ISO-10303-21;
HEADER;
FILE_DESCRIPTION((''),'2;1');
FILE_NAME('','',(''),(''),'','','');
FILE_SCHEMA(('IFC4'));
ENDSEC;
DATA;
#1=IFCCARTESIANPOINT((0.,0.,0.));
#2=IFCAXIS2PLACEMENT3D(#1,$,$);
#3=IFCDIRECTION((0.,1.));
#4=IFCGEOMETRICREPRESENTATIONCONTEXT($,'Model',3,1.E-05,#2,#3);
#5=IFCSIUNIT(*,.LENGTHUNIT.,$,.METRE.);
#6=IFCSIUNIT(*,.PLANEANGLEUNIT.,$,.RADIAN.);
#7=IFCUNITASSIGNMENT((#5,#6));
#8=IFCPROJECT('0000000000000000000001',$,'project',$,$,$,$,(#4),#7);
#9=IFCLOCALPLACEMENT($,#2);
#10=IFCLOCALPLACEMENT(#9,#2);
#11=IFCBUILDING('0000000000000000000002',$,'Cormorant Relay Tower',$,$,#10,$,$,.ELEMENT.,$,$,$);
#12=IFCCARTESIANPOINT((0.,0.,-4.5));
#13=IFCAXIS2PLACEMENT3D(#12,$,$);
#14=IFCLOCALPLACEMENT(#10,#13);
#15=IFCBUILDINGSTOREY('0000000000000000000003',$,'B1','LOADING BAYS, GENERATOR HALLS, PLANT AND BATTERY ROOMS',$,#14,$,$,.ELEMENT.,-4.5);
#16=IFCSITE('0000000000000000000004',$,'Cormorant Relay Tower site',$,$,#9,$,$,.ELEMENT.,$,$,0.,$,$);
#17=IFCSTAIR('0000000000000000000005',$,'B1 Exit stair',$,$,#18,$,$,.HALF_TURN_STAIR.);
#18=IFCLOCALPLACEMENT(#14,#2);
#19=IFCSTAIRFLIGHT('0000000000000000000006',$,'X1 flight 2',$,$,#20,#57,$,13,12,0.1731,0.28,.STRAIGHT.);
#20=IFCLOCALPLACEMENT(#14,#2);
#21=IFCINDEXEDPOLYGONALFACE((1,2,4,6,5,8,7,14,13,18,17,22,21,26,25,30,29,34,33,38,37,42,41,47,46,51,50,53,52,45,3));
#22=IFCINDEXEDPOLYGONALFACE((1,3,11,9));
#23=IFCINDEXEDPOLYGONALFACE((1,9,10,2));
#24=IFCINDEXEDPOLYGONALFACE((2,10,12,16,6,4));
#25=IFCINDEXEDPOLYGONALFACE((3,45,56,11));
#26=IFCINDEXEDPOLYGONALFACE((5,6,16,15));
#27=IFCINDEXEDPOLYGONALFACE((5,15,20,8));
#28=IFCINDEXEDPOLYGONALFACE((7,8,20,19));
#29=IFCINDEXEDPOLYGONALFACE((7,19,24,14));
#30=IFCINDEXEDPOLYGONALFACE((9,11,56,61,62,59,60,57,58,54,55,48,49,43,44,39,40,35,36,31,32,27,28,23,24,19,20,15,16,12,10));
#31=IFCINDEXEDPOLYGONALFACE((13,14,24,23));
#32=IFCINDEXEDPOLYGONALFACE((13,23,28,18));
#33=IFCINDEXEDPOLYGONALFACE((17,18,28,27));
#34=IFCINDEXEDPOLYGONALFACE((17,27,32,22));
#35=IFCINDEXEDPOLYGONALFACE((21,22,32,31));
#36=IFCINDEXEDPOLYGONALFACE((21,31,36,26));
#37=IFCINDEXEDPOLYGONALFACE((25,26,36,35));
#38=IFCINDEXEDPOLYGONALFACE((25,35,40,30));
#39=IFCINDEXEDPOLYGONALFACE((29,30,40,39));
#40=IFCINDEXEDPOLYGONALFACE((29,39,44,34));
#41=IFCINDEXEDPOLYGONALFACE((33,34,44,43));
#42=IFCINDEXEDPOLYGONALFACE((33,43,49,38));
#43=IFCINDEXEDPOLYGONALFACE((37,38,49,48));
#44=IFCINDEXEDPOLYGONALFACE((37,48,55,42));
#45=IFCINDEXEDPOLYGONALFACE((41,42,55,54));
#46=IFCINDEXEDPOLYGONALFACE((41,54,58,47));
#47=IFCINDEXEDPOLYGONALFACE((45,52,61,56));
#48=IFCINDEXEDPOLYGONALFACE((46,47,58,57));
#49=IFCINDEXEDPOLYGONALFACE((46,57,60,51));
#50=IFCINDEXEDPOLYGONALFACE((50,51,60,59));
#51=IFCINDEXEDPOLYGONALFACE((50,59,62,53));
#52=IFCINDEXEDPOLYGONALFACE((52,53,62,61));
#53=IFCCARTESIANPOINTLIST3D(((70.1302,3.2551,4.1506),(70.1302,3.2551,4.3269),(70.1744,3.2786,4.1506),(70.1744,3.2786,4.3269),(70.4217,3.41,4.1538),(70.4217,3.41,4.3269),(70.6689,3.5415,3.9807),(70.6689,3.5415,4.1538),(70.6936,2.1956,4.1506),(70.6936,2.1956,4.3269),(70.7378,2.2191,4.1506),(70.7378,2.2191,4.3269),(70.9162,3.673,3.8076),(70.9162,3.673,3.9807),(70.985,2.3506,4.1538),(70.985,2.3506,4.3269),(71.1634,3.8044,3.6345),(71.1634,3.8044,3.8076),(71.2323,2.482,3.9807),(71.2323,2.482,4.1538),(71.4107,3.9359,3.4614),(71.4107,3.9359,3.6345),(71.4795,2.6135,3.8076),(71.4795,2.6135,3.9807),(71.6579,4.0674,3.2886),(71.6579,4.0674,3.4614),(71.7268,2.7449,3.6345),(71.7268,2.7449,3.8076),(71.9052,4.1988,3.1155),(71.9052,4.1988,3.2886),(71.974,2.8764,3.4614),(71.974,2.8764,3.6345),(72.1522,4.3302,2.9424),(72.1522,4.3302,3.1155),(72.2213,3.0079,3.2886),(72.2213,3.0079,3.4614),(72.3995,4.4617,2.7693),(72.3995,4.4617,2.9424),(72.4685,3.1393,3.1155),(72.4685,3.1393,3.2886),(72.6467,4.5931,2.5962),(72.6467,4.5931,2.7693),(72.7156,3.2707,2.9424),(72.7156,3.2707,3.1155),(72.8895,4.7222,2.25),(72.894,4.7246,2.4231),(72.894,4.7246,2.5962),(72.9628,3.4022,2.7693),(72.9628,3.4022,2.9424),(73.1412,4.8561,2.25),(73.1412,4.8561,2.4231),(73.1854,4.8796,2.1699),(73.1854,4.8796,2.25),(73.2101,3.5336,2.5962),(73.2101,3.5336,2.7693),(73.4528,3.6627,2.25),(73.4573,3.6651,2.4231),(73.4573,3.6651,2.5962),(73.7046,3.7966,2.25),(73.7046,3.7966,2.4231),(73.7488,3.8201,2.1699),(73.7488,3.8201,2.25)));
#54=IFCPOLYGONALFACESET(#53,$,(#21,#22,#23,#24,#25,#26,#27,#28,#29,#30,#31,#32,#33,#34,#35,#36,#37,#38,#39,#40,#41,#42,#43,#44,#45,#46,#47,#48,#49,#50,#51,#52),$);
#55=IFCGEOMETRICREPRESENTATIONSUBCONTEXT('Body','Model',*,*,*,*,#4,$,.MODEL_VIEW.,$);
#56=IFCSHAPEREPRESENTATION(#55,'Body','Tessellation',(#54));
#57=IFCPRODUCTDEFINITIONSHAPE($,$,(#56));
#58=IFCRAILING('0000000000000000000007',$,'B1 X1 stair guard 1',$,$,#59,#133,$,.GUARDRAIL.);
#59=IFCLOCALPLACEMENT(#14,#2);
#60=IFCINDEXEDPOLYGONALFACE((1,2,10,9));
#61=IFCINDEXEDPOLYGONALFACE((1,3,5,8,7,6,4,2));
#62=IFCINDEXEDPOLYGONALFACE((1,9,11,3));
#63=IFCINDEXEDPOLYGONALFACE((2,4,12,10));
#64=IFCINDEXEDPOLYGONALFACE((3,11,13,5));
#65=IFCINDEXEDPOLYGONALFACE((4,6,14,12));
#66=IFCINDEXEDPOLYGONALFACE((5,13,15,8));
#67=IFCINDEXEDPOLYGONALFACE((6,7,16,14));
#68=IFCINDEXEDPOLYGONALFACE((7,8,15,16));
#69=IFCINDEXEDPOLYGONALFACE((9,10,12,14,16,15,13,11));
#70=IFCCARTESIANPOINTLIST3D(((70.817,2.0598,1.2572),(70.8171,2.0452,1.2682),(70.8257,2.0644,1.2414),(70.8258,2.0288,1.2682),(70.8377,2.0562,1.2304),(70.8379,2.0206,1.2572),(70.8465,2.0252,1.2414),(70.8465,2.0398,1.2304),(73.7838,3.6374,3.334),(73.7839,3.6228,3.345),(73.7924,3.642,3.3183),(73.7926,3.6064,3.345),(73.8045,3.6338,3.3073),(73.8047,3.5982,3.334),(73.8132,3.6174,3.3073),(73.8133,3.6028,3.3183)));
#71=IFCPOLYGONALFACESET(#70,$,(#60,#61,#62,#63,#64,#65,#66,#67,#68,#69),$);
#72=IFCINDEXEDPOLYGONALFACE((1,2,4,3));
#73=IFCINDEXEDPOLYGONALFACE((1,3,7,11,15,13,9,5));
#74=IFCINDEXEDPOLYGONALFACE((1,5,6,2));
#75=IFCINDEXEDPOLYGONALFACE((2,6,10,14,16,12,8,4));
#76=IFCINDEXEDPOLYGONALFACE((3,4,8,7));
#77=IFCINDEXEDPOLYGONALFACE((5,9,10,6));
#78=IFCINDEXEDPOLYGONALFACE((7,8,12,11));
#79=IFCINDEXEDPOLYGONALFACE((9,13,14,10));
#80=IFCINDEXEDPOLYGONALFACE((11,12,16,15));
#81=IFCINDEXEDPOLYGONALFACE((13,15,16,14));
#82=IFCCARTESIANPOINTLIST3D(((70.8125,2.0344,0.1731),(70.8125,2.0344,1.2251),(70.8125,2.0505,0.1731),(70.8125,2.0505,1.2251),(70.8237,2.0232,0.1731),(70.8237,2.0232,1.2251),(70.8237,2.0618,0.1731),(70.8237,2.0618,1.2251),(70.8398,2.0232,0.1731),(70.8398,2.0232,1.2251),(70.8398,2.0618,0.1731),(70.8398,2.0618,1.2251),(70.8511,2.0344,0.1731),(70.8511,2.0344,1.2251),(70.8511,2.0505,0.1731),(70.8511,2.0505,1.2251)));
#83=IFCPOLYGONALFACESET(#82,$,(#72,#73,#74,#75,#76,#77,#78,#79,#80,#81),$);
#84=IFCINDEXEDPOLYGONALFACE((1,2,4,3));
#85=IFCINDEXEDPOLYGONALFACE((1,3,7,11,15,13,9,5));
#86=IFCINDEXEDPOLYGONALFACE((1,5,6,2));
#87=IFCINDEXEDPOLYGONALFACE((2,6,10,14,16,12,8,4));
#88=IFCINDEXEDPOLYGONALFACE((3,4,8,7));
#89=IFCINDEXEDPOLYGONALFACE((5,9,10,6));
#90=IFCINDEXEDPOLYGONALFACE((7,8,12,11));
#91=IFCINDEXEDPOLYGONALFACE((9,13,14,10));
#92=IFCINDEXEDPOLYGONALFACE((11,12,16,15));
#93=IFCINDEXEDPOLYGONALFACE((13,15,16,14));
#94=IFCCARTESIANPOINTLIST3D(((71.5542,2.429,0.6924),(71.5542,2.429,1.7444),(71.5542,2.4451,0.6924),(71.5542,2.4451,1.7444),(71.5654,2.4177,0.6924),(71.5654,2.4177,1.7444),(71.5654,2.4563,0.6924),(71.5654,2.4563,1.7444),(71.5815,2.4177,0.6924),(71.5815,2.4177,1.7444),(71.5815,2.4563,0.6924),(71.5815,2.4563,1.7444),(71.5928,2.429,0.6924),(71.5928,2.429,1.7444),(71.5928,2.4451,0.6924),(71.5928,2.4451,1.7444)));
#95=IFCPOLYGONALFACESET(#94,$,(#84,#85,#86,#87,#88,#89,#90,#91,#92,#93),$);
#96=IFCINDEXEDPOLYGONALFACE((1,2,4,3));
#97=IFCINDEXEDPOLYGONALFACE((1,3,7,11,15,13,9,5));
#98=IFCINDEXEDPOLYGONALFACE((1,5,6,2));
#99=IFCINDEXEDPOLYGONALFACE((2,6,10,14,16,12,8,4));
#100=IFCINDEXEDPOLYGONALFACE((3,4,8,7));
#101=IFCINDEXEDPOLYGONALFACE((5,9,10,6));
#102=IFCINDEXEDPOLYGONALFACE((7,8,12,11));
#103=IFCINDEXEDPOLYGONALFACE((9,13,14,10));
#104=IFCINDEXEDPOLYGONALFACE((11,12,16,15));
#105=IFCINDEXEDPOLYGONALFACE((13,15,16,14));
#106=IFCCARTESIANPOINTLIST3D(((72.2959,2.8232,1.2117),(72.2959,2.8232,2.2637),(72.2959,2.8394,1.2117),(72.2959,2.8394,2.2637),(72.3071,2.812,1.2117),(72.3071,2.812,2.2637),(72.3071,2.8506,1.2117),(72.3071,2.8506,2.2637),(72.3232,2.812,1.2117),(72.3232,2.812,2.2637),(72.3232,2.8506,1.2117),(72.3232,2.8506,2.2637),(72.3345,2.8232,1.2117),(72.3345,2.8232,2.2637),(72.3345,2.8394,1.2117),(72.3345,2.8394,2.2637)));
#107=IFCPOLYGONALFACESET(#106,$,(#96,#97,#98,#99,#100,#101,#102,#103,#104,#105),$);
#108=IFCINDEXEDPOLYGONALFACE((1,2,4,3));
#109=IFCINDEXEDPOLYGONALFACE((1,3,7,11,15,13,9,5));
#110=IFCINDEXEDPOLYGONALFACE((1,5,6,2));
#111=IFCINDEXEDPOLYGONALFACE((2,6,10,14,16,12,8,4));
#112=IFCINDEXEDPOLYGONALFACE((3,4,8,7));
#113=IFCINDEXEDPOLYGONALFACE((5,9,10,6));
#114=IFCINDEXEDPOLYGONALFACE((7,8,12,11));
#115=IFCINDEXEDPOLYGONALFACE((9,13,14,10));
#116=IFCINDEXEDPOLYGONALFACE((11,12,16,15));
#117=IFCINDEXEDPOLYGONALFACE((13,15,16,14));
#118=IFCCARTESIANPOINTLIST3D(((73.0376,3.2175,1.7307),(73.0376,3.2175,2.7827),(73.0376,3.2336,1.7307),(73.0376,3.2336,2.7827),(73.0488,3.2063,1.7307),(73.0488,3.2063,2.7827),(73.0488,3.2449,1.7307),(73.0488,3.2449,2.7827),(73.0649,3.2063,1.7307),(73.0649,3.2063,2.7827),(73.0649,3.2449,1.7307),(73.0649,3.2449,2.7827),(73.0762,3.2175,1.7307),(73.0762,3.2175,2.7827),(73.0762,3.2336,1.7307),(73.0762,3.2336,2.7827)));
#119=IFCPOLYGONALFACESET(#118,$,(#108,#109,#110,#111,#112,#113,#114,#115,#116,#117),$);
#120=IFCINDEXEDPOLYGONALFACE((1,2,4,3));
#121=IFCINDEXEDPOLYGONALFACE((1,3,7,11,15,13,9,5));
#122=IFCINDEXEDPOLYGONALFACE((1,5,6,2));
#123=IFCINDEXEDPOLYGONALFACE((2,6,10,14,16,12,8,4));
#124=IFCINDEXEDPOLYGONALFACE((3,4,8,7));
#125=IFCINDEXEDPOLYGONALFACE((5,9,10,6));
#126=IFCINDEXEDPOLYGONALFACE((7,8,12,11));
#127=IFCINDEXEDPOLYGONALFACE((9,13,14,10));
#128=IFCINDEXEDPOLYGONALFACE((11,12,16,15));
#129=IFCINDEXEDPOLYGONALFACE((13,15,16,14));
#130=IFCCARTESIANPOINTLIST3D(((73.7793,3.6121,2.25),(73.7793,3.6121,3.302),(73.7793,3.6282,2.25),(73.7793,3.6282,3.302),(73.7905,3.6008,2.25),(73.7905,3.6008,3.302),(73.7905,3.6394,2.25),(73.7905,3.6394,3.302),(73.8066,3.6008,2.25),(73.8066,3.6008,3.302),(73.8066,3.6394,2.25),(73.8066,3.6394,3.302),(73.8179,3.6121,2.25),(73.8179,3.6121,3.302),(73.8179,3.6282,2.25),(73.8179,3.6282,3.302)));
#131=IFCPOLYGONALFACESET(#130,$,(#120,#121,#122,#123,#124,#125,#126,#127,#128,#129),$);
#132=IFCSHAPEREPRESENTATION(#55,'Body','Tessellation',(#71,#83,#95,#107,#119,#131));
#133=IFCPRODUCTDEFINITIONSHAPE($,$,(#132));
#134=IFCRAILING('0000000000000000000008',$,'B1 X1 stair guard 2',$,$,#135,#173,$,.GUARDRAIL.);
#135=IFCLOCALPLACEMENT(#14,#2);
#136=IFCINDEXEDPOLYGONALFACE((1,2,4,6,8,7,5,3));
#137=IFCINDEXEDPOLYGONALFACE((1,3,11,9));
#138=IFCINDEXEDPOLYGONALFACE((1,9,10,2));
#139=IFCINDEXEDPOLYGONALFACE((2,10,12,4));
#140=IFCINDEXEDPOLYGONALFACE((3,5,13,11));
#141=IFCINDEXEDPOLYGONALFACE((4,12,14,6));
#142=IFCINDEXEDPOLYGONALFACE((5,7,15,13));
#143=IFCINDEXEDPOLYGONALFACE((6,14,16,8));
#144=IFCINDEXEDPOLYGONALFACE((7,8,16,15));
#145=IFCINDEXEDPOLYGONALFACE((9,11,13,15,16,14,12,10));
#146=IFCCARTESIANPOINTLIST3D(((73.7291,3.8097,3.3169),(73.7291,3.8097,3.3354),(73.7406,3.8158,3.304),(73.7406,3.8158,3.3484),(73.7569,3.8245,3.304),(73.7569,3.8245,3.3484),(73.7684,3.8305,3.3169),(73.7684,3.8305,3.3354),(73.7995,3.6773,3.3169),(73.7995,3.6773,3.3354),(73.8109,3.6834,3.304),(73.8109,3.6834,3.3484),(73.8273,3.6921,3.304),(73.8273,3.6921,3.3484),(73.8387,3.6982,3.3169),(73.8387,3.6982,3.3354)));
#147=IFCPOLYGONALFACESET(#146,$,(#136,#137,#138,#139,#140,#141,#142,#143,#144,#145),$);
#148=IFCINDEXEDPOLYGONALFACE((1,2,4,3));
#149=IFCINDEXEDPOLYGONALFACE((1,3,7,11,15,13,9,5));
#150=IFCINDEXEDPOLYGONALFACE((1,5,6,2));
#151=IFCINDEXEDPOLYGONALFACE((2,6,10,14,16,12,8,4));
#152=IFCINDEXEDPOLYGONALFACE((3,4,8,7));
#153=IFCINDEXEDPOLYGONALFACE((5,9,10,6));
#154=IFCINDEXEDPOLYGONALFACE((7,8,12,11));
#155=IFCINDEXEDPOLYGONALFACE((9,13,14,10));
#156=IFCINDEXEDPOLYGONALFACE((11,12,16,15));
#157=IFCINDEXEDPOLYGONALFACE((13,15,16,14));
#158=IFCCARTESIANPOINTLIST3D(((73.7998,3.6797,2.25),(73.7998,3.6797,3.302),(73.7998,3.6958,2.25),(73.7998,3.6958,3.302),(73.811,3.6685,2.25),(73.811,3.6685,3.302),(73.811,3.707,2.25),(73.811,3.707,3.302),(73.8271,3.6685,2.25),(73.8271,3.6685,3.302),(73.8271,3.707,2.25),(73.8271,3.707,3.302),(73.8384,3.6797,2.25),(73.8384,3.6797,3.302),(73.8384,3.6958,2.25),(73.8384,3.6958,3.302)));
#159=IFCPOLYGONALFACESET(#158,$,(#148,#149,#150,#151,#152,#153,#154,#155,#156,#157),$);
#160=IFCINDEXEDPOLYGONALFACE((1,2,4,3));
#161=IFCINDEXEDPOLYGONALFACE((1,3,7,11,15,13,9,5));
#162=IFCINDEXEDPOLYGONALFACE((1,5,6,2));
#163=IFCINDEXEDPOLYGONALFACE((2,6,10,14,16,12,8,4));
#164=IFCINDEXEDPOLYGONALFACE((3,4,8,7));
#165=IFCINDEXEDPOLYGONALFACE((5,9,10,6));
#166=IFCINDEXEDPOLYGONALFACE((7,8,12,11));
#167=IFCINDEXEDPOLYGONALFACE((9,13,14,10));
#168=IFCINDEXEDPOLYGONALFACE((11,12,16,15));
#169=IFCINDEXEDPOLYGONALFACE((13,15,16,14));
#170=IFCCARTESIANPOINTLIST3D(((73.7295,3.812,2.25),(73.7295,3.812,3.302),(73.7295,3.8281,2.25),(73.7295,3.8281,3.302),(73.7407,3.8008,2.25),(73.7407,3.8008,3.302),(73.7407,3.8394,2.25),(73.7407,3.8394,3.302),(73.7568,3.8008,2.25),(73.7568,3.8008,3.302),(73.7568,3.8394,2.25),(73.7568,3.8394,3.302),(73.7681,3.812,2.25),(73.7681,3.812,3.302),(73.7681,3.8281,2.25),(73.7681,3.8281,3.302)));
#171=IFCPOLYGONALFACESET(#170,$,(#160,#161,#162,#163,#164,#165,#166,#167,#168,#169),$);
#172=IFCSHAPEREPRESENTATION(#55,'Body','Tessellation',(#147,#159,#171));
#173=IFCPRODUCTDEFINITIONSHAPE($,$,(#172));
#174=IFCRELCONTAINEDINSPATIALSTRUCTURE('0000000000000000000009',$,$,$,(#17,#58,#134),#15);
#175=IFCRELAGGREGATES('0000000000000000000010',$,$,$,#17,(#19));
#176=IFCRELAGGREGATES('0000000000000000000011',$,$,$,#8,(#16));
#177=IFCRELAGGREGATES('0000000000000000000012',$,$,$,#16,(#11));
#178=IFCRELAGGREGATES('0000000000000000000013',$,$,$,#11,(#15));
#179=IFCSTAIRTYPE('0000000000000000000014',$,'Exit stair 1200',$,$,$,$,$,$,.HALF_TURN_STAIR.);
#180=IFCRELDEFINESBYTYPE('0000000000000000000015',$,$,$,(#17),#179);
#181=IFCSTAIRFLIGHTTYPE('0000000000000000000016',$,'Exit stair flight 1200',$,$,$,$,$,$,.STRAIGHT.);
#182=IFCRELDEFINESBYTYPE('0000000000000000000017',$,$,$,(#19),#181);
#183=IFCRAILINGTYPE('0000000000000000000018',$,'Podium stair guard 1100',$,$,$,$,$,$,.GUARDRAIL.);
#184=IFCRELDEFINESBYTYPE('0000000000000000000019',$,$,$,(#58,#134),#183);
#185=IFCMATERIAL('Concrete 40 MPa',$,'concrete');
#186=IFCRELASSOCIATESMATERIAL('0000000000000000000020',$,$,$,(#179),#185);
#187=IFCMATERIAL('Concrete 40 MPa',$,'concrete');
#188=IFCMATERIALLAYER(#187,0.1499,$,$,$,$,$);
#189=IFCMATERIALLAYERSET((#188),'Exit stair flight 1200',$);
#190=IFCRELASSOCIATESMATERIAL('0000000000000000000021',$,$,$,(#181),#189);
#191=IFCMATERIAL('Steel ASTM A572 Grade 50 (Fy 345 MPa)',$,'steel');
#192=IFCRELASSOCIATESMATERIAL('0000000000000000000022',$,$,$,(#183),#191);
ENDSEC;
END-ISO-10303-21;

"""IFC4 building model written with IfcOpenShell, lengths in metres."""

from ifc_helpers import new_model, si_unit, direction, frame, origin, place, context, subcontext, project, spatial, polyline, outline, extrude, material, layer, layer_set, type_object, element, aggregate, save


model = new_model("IFC4")

# Units and contexts
model_context = context("Model", 3, precision=1e-05, world=origin(), true_north=direction((0.0, 1.0)))
body_context = subcontext(model_context, "Body", "Model", "MODEL_VIEW")
ifc_project = project(units=[si_unit("LENGTHUNIT", "METRE"), si_unit("PLANEANGLEUNIT", "RADIAN")], contexts=[model_context])

# Site, building, storey
site_placement = place(None, origin())
site = spatial("IfcSite", under=ifc_project, at=site_placement, Name="Cormorant Relay Tower site", CompositionType="ELEMENT", RefElevation=0.0)
building_placement = place(site_placement, origin())
building = spatial("IfcBuilding", under=site, at=building_placement, Name="Cormorant Relay Tower", CompositionType="ELEMENT")
storey_placement = place(building_placement, frame((0.0, 0.0, -4.5)))
storey = spatial("IfcBuildingStorey", under=building, at=storey_placement, Name="B1", Description="LOADING BAYS, GENERATOR HALLS, PLANT AND BATTERY ROOMS", CompositionType="ELEMENT", Elevation=-4.5)

# Stair, stair flight
ifc_material_1 = material(Name="Concrete 40 MPa", Category="concrete")
stair_type = type_object("IfcStairType", Name="Exit stair 1200", PredefinedType="HALF_TURN_STAIR", material=ifc_material_1)
stair_placement = place(storey_placement, origin())
stair = element("IfcStair", 1, at=stair_placement, inside=storey, type_object=stair_type, Name="B1 Exit stair", PredefinedType="HALF_TURN_STAIR")
ifc_material_2 = material(Name="Concrete 40 MPa", Category="concrete")
ifc_layer_1 = layer(ifc_material_2, 0.1499)
ifc_layer_set_1 = layer_set([ifc_layer_1], Name="Exit stair flight 1200")
stair_flight_type = type_object("IfcStairFlightType", Name="Exit stair flight 1200", PredefinedType="STRAIGHT", material=ifc_layer_set_1)
stair_flight_1_placement = place(storey_placement, frame((73.4229, 4.3264, 2.25), z_axis=(0.0, 0.0, 1.0), x_axis=(-0.882948, -0.469472, 0.0)))
stair_flight_1 = element("IfcStairFlight", 2, at=stair_flight_1_placement, type_object=stair_flight_type, Name="X1 flight 2", NumberOfRisers=13, NumberOfTreads=12, PredefinedType="STRAIGHT", RiserHeight=0.1731, TreadLength=0.28, context=body_context, shape_type="SweptSolid", body=[
    extrude(outline(polyline([(-0.05, -0.0801), (-0.05, 0.0), (0.0, 0.0), (0.0, 0.1731), (0.28, 0.1731), (0.28, 0.3462), (0.5601, 0.3462), (0.5601, 0.5193), (0.8401, 0.5193), (0.8401, 0.6924), (1.1201, 0.6924), (1.1201, 0.8655), (1.3999, 0.8655), (1.3999, 1.0386), (1.6799, 1.0386), (1.6799, 1.2114), (1.96, 1.2114), (1.96, 1.3845), (2.24, 1.3845), (2.24, 1.5576), (2.52, 1.5576), (2.52, 1.7307), (2.8, 1.7307), (2.8, 1.9038), (3.0801, 1.9038), (3.0801, 2.0769), (3.3601, 2.0769), (3.4102, 2.0769), (3.4102, 1.9006), (3.3601, 1.9006), (0.2852, 0.0), (-0.05, -0.0801)])), frame((0.0, 0.6001, 0.0), z_axis=(0.0, -1.0, 0.0), x_axis=(1.0, 0.0, 0.0)), (0.0, 0.0, 1.0), 1.2),
])
aggregate(stair, [stair_flight_1])

# Railings
ifc_material_3 = material(Name="Steel ASTM A572 Grade 50 (Fy 345 MPa)", Category="steel")
railing_type_1 = type_object("IfcRailingType", Name="Podium stair guard 1100", PredefinedType="GUARDRAIL", material=ifc_material_3)
railing_1_placement = place(storey_placement, frame((70.8318, 2.0425, 0.1731)))
element("IfcRailing", 3, at=railing_1_placement, inside=storey, type_object=railing_type_1, Name="B1 X1 stair guard 1", PredefinedType="GUARDRAIL", context=body_context, shape_type="SweptSolid", body=[
    extrude(outline(polyline([(0.0222, 0.0093), (0.0093, 0.0222), (-0.0093, 0.0222), (-0.0222, 0.0093), (-0.0222, -0.0093), (-0.0093, -0.0222), (0.0093, -0.0222), (0.0222, -0.0093), (0.0222, 0.0093)])), frame((0.0, 0.0, 1.0762), z_axis=(0.751043, 0.399378, 0.525767), x_axis=(-0.469509, 0.882928, 0.0)), (0.0, 0.0, 1.0), 3.9502),
    extrude(outline(polyline([(0.0193, 0.0081), (0.0081, 0.0193), (-0.0081, 0.0193), (-0.0193, 0.0081), (-0.0193, -0.0081), (-0.0081, -0.0193), (0.0081, -0.0193), (0.0193, -0.0081), (0.0193, 0.0081)])), origin(), (0.0, 0.0, 1.0), 1.052),
    extrude(outline(polyline([(0.0193, 0.0081), (0.0081, 0.0193), (-0.0081, 0.0193), (-0.0193, 0.0081), (-0.0193, -0.0081), (-0.0081, -0.0193), (0.0081, -0.0193), (0.0193, -0.0081), (0.0193, 0.0081)])), frame((0.7417, 0.3945, 0.5193)), (0.0, 0.0, 1.0), 1.052),
    extrude(outline(polyline([(0.0193, 0.0081), (0.0081, 0.0193), (-0.0081, 0.0193), (-0.0193, 0.0081), (-0.0193, -0.0081), (-0.0081, -0.0193), (0.0081, -0.0193), (0.0193, -0.0081), (0.0193, 0.0081)])), frame((1.4834, 0.7888, 1.0386)), (0.0, 0.0, 1.0), 1.052),
    extrude(outline(polyline([(0.0193, 0.0081), (0.0081, 0.0193), (-0.0081, 0.0193), (-0.0193, 0.0081), (-0.0193, -0.0081), (-0.0081, -0.0193), (0.0081, -0.0193), (0.0193, -0.0081), (0.0193, 0.0081)])), frame((2.2251, 1.1831, 1.5576)), (0.0, 0.0, 1.0), 1.052),
    extrude(outline(polyline([(0.0193, 0.0081), (0.0081, 0.0193), (-0.0081, 0.0193), (-0.0193, 0.0081), (-0.0193, -0.0081), (-0.0081, -0.0193), (0.0081, -0.0193), (0.0193, -0.0081), (0.0193, 0.0081)])), frame((2.9668, 1.5776, 2.0769)), (0.0, 0.0, 1.0), 1.052),
])
railing_2_placement = place(storey_placement, frame((73.8191, 3.6877, 2.25)))
element("IfcRailing", 4, at=railing_2_placement, inside=storey, type_object=railing_type_1, Name="B1 X1 stair guard 2", PredefinedType="GUARDRAIL", context=body_context, shape_type="SweptSolid", body=[
    extrude(outline(polyline([(0.0222, 0.0093), (0.0093, 0.0222), (-0.0093, 0.0222), (-0.0222, 0.0093), (-0.0222, -0.0093), (-0.0093, -0.0222), (0.0093, -0.0222), (0.0222, -0.0093), (0.0222, 0.0093)])), frame((0.0, 0.0, 1.0762), z_axis=(-0.469235, 0.883074, 0.0), x_axis=(-0.883074, -0.469235, 0.0)), (0.0, 0.0, 1.0), 0.1499),
    extrude(outline(polyline([(0.0193, 0.0081), (0.0081, 0.0193), (-0.0081, 0.0193), (-0.0193, 0.0081), (-0.0193, -0.0081), (-0.0081, -0.0193), (0.0081, -0.0193), (0.0193, -0.0081), (0.0193, 0.0081)])), origin(), (0.0, 0.0, 1.0), 1.052),
    extrude(outline(polyline([(0.0193, 0.0081), (0.0081, 0.0193), (-0.0081, 0.0193), (-0.0193, 0.0081), (-0.0193, -0.0081), (-0.0081, -0.0193), (0.0081, -0.0193), (0.0193, -0.0081), (0.0193, 0.0081)])), frame((-0.0703, 0.1323, 0.0)), (0.0, 0.0, 1.0), 1.052),
])

save(model, "model.ifc")
